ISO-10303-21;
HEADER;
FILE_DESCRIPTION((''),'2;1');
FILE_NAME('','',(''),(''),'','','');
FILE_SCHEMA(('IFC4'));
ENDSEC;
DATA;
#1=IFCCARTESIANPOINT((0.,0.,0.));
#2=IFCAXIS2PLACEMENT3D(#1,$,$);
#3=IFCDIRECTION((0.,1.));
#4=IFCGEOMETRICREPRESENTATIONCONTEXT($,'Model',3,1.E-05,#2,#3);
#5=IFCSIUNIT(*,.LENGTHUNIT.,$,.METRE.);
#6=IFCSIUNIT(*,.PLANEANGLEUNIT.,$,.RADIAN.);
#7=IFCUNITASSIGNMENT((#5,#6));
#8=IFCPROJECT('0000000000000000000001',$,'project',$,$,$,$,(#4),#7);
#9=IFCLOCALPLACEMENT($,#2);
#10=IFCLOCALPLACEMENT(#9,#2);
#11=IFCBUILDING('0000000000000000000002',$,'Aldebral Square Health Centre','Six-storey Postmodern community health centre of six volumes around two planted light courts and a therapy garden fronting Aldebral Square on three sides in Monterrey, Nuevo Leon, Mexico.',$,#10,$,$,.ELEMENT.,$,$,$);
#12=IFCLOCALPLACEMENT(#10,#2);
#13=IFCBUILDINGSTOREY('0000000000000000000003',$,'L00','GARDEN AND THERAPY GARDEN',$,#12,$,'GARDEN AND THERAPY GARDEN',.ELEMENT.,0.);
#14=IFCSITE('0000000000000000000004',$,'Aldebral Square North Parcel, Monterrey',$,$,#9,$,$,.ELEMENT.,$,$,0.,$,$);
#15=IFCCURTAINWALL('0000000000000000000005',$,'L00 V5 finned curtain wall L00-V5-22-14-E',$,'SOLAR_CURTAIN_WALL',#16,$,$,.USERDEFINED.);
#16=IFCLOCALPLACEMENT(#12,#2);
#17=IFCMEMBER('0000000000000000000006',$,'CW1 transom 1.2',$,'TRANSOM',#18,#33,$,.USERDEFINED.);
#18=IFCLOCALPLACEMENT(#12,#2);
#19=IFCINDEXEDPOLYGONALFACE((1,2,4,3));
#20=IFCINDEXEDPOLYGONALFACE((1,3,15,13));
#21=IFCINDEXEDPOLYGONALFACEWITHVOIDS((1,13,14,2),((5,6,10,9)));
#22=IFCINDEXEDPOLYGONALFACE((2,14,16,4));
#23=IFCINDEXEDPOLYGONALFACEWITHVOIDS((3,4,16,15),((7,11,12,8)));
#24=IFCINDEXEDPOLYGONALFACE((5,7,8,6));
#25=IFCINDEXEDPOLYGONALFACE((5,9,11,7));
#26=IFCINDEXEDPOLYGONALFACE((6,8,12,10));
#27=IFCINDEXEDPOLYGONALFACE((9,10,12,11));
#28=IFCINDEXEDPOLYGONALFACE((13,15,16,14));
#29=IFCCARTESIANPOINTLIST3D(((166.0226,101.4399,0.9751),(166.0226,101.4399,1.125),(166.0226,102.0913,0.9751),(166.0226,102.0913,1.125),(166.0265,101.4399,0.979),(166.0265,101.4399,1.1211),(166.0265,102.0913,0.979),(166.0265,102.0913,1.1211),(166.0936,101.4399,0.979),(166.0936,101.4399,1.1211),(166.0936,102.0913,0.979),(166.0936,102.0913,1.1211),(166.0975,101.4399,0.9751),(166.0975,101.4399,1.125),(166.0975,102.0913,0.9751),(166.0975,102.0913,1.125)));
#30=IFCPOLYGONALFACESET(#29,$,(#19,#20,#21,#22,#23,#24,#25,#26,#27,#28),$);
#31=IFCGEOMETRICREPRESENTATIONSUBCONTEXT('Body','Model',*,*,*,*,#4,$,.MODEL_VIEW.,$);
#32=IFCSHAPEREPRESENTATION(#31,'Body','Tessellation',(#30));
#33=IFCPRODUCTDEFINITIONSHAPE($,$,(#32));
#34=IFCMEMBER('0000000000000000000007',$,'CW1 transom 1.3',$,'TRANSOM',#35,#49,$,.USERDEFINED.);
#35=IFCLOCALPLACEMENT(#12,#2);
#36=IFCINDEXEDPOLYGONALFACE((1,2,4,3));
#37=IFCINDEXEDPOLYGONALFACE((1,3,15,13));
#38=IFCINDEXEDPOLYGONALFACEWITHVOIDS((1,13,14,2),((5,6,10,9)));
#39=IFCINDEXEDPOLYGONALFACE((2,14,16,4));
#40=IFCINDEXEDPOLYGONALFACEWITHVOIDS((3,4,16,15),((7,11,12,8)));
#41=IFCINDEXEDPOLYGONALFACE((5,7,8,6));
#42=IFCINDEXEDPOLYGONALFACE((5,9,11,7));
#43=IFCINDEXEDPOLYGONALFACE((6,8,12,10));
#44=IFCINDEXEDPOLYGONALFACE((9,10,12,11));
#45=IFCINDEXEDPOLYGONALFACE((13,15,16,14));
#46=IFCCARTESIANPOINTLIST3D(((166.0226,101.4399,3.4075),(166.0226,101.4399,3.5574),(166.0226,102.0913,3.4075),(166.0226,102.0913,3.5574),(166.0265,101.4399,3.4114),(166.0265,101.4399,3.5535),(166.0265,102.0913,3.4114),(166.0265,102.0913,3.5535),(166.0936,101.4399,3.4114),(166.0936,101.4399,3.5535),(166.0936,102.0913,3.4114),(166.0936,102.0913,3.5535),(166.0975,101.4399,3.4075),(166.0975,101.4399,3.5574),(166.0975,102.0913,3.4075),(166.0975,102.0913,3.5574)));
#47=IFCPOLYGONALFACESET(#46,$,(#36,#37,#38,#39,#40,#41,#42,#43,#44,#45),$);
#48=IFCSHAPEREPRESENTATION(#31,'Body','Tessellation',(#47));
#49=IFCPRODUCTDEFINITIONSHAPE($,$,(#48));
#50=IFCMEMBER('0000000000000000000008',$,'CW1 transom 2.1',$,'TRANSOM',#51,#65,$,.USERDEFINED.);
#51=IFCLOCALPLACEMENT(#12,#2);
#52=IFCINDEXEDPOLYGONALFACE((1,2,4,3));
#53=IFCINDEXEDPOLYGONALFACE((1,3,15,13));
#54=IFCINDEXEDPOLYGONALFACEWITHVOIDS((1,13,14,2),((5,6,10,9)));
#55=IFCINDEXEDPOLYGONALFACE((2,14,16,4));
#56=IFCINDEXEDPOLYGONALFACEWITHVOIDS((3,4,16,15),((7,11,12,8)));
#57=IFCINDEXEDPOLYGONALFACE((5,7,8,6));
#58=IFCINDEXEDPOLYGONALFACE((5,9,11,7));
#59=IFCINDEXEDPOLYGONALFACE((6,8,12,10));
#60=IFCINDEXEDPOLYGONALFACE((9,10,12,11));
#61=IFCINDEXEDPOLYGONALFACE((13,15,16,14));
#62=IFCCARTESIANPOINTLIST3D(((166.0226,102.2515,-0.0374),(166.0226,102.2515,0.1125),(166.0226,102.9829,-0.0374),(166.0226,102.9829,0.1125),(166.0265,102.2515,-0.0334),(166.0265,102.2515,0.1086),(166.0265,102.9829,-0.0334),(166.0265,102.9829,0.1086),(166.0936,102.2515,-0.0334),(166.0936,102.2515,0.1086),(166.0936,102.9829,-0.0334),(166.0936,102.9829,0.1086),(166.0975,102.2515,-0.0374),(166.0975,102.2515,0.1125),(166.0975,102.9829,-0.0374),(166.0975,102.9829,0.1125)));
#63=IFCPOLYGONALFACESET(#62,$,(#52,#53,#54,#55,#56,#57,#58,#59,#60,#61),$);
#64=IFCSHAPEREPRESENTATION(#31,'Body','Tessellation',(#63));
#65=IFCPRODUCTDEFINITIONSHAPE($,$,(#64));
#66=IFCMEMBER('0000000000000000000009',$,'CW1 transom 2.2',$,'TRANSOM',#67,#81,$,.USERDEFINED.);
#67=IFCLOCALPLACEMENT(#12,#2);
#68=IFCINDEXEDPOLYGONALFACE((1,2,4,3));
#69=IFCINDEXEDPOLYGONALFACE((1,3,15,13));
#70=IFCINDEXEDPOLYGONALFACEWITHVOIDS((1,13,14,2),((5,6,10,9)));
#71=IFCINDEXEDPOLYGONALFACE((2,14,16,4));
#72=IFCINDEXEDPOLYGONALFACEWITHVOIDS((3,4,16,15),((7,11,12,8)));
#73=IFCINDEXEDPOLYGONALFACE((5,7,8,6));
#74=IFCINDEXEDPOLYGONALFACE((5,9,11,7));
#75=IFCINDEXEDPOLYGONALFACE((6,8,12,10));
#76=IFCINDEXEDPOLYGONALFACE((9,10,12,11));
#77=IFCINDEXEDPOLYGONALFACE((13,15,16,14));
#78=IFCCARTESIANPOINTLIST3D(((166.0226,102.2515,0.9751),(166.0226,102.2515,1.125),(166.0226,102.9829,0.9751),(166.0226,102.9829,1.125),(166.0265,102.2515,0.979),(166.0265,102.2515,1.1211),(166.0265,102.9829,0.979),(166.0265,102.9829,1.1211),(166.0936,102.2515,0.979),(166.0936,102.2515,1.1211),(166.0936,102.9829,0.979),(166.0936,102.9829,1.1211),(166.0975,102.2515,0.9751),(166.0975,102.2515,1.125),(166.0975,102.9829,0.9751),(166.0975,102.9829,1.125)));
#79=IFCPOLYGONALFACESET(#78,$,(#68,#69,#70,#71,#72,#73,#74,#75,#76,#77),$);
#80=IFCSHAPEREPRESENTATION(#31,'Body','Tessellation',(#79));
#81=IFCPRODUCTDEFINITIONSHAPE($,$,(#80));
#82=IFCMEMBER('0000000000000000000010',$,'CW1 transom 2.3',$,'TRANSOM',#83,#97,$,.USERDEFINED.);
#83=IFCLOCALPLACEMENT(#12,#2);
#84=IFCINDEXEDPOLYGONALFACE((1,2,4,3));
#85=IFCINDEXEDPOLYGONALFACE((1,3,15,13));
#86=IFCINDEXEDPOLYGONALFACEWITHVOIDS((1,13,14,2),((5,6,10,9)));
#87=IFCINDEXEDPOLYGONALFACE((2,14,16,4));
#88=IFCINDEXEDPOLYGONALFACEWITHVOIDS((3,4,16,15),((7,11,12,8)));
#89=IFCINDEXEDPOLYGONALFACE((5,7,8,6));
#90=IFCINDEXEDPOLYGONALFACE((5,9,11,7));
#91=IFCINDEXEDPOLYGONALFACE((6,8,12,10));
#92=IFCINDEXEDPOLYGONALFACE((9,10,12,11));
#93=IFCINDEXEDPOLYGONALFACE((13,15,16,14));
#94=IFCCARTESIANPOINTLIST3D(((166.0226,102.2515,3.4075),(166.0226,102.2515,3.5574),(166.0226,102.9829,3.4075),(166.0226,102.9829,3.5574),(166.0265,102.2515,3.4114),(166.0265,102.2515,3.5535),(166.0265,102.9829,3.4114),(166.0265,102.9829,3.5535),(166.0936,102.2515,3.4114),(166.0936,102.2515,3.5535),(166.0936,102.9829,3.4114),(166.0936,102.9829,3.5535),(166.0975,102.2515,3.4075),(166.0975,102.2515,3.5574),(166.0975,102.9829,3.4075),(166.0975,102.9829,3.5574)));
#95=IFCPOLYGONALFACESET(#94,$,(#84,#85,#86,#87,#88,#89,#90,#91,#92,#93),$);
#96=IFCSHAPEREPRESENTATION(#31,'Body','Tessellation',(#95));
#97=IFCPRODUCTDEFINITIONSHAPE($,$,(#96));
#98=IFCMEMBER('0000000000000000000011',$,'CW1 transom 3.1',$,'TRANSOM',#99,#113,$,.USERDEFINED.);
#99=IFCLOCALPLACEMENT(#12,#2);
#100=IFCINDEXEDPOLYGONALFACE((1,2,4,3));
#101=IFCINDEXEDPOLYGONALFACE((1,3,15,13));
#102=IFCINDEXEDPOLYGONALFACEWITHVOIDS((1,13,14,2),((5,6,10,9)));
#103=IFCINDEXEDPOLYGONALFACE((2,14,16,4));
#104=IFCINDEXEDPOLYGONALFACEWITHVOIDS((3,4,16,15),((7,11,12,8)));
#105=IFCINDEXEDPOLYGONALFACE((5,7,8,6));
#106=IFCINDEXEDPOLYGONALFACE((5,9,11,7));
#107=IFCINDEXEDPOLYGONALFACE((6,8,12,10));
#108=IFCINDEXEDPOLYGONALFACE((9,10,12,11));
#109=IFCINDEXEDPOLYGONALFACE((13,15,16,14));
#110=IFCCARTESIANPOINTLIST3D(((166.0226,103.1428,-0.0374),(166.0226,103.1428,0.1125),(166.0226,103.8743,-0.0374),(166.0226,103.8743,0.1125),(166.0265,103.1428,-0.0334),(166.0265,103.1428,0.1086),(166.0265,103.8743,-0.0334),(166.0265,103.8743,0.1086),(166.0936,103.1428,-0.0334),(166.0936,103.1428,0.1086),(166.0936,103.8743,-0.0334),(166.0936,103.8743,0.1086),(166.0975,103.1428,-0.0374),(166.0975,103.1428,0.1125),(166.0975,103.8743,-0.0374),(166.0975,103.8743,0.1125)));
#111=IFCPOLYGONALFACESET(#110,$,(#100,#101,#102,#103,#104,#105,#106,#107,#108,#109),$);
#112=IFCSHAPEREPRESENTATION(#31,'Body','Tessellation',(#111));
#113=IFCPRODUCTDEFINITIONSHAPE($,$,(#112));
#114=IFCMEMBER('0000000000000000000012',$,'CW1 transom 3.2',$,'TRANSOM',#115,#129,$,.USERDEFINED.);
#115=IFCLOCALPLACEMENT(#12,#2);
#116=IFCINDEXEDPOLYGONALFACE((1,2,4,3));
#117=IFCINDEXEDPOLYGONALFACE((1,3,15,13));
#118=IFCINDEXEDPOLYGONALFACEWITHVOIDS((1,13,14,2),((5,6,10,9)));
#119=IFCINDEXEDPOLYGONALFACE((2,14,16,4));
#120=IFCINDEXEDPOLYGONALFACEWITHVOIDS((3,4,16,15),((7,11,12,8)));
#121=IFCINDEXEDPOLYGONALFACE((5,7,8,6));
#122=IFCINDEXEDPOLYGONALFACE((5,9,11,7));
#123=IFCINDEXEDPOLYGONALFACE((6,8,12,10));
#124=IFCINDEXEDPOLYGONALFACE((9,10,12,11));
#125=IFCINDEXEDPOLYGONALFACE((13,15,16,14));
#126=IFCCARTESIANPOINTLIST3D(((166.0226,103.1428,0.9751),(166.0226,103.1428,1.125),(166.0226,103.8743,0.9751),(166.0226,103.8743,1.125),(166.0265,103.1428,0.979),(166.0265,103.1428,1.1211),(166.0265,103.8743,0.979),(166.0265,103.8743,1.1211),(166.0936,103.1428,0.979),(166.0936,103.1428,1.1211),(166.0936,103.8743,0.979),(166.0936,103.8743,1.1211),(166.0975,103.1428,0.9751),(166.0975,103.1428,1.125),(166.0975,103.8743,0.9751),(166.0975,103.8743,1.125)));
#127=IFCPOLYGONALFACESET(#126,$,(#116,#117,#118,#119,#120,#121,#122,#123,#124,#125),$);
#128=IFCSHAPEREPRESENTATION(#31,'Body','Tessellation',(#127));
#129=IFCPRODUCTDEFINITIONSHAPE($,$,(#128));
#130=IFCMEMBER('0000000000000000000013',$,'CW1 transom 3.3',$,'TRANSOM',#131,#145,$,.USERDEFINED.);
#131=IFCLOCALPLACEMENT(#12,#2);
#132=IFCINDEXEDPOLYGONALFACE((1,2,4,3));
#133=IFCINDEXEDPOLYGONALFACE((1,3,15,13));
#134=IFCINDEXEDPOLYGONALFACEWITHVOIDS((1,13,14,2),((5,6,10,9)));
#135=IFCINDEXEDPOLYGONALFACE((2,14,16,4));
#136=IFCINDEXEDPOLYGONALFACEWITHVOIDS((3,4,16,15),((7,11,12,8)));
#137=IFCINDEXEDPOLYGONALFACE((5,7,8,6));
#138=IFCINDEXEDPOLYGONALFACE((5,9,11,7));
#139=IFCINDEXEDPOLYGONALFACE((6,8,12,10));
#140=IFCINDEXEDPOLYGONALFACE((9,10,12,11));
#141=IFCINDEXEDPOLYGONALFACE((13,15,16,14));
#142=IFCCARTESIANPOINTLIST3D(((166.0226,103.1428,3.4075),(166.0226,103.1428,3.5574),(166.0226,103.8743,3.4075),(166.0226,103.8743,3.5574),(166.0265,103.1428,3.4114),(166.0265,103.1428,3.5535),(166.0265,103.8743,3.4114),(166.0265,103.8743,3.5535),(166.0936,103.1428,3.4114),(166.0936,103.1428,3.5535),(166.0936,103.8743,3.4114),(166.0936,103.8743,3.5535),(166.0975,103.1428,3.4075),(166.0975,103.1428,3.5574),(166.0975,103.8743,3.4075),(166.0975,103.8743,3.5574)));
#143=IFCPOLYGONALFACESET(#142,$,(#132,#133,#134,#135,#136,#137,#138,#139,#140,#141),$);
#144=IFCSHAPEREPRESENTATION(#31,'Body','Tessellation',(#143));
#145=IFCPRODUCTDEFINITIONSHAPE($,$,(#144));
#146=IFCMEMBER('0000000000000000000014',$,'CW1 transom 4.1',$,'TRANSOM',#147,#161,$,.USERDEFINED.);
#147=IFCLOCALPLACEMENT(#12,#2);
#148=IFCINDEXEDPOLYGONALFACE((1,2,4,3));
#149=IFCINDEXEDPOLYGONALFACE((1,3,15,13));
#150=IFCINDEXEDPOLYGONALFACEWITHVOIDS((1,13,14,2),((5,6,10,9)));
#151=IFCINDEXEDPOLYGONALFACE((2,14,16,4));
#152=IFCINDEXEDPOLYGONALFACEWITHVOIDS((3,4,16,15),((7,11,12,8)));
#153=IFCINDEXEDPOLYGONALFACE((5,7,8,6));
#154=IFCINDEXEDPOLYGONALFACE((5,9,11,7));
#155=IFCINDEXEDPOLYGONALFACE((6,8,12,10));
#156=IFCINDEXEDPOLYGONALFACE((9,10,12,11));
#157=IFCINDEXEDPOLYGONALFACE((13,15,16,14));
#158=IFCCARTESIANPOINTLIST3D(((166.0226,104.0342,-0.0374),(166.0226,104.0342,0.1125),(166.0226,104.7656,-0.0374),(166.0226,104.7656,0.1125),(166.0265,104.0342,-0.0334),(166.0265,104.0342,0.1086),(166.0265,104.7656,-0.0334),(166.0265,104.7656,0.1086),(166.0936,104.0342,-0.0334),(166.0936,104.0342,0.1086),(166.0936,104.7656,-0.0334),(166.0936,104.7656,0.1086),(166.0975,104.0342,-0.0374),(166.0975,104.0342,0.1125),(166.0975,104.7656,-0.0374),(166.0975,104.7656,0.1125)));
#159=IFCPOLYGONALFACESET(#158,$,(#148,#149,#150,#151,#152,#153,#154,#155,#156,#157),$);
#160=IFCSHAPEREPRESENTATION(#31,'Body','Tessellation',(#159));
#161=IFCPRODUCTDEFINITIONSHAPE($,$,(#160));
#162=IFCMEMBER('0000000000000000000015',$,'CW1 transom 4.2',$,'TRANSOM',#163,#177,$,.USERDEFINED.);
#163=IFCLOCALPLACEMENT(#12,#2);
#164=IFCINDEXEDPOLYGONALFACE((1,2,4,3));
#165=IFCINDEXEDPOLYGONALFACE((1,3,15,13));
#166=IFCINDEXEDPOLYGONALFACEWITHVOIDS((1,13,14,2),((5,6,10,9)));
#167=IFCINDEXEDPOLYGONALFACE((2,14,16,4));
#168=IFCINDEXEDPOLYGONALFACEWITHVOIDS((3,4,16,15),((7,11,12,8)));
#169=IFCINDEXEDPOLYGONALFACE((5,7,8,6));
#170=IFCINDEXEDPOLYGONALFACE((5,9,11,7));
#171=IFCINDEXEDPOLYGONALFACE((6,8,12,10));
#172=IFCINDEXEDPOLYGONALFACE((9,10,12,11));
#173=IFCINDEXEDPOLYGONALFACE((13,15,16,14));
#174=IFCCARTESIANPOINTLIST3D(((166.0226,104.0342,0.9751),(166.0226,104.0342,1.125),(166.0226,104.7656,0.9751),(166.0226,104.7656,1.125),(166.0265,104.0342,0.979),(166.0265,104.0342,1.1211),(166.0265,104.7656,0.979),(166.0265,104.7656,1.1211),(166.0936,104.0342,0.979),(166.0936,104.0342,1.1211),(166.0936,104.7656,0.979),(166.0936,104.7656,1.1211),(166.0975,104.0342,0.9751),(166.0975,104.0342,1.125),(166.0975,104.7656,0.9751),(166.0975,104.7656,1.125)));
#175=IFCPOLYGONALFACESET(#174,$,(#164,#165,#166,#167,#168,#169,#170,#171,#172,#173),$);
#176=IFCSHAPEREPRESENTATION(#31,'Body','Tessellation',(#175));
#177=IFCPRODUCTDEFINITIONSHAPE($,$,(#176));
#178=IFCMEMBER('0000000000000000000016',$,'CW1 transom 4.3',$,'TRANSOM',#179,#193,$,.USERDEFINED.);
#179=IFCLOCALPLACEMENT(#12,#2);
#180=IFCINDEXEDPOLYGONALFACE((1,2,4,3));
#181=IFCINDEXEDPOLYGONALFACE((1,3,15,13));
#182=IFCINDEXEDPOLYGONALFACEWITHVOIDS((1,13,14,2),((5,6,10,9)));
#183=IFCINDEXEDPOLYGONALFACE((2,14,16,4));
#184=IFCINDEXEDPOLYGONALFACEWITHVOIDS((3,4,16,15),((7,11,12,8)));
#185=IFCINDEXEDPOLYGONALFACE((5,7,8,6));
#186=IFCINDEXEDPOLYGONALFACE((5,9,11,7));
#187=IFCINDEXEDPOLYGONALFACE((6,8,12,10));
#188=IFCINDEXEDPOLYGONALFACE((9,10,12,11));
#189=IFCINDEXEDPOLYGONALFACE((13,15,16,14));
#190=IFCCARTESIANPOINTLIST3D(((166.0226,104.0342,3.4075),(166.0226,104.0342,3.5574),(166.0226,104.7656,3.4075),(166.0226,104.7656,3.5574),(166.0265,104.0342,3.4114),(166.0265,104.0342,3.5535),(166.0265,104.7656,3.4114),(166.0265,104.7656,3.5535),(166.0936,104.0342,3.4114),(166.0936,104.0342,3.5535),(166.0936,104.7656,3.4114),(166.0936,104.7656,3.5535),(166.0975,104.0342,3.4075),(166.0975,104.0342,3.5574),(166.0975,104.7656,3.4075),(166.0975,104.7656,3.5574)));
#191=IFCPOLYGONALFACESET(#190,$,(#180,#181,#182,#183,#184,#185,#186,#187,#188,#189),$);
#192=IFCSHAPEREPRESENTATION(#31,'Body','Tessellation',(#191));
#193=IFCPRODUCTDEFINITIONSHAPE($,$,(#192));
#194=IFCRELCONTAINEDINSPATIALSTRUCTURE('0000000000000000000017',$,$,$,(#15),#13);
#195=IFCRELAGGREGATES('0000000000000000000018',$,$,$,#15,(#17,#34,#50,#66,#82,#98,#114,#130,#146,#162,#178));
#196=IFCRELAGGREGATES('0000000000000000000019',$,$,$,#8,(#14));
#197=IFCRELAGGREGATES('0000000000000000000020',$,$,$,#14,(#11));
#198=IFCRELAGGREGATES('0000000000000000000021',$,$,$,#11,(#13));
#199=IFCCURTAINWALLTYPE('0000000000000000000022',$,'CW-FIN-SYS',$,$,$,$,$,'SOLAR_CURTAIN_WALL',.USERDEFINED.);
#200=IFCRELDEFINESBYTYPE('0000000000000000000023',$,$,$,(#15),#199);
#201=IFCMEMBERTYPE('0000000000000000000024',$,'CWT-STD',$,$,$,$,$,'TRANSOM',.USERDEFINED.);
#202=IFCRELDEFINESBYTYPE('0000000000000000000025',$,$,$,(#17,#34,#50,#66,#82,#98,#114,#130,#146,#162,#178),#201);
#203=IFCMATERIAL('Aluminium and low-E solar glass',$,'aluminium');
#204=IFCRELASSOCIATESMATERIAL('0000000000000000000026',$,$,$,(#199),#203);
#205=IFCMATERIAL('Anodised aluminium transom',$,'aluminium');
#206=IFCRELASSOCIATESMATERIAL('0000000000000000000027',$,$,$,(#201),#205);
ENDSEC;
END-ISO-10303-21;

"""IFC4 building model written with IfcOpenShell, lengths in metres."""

from ifc_helpers import new_model, si_unit, direction, frame, origin, origin_2d, place, context, subcontext, project, spatial, hollow_rectangle, extrude, material, material_profile, profile_set, type_object, element, aggregate, save


model = new_model("IFC4")

# Units and contexts
model_context = context("Model", 3, precision=1e-05, world=origin(), true_north=direction((0.0, 1.0)))
body_context = subcontext(model_context, "Body", "Model", "MODEL_VIEW")
ifc_project = project(units=[si_unit("LENGTHUNIT", "METRE"), si_unit("PLANEANGLEUNIT", "RADIAN")], contexts=[model_context])

# Site, building, storey
site_placement = place(None, origin())
site = spatial("IfcSite", under=ifc_project, at=site_placement, Name="Aldebral Square North Parcel, Monterrey", CompositionType="ELEMENT", RefElevation=0.0)
building_placement = place(site_placement, origin())
building = spatial("IfcBuilding", under=site, at=building_placement, Name="Aldebral Square Health Centre", Description="Six-storey Postmodern community health centre of six volumes around two planted light courts and a therapy garden fronting Aldebral Square on three sides in Monterrey, Nuevo Leon, Mexico.", CompositionType="ELEMENT")
storey_placement = place(building_placement, origin())
storey = spatial("IfcBuildingStorey", under=building, at=storey_placement, Name="L00", Description="GARDEN AND THERAPY GARDEN", LongName="GARDEN AND THERAPY GARDEN", CompositionType="ELEMENT", Elevation=0.0)

# Curtain wall, members
ifc_material_1 = material(Name="Aluminium and low-E solar glass", Category="aluminium")
curtain_wall_type = type_object("IfcCurtainWallType", Name="CW-FIN-SYS", ElementType="SOLAR_CURTAIN_WALL", PredefinedType="USERDEFINED", material=ifc_material_1)
curtain_wall_placement = place(storey_placement, origin())
curtain_wall = element("IfcCurtainWall", 1, at=curtain_wall_placement, inside=storey, type_object=curtain_wall_type, Name="L00 V5 finned curtain wall L00-V5-22-14-E", ObjectType="SOLAR_CURTAIN_WALL", PredefinedType="USERDEFINED")
ifc_material_2 = material(Name="Anodised aluminium transom", Category="aluminium")
ifc_material_profile_1 = material_profile(ifc_material_2, hollow_rectangle(XDim=0.075, YDim=0.1499, WallThickness=0.0039, at=origin_2d()), Name="CWT 75x150x4")
ifc_profile_set_1 = profile_set([ifc_material_profile_1], Name="Anodised aluminium transom")
member_type_1 = type_object("IfcMemberType", Name="CWT-STD", ElementType="TRANSOM", PredefinedType="USERDEFINED", material=ifc_profile_set_1)
member_1_placement = place(storey_placement, frame((166.0601, 101.4399, 1.05), z_axis=(0.0, 1.0, 0.0), x_axis=(-1.0, 0.0, 0.0)))
member_1 = element("IfcMember", 2, at=member_1_placement, type_object=member_type_1, Name="CW1 transom 1.2", ObjectType="TRANSOM", PredefinedType="USERDEFINED", context=body_context, shape_type="SweptSolid", body=[
    extrude(hollow_rectangle(XDim=0.075, YDim=0.1499, WallThickness=0.0039, at=origin_2d()), origin(), (0.0, 0.0, 1.0), 0.6514),
])
member_2_placement = place(storey_placement, frame((166.0601, 101.4399, 3.4824), z_axis=(0.0, 1.0, 0.0), x_axis=(-1.0, 0.0, 0.0)))
member_2 = element("IfcMember", 3, at=member_2_placement, type_object=member_type_1, Name="CW1 transom 1.3", ObjectType="TRANSOM", PredefinedType="USERDEFINED", context=body_context, shape_type="SweptSolid", body=[
    extrude(hollow_rectangle(XDim=0.075, YDim=0.1499, WallThickness=0.0039, at=origin_2d()), origin(), (0.0, 0.0, 1.0), 0.6514),
])
member_3_placement = place(storey_placement, frame((166.0601, 102.2515, 0.0376), z_axis=(0.0, 1.0, 0.0), x_axis=(-1.0, 0.0, 0.0)))
member_3 = element("IfcMember", 4, at=member_3_placement, type_object=member_type_1, Name="CW1 transom 2.1", ObjectType="TRANSOM", PredefinedType="USERDEFINED", context=body_context, shape_type="SweptSolid", body=[
    extrude(hollow_rectangle(XDim=0.075, YDim=0.1499, WallThickness=0.0039, at=origin_2d()), origin(), (0.0, 0.0, 1.0), 0.7314),
])
member_4_placement = place(storey_placement, frame((166.0601, 102.2515, 1.05), z_axis=(0.0, 1.0, 0.0), x_axis=(-1.0, 0.0, 0.0)))
member_4 = element("IfcMember", 5, at=member_4_placement, type_object=member_type_1, Name="CW1 transom 2.2", ObjectType="TRANSOM", PredefinedType="USERDEFINED", context=body_context, shape_type="SweptSolid", body=[
    extrude(hollow_rectangle(XDim=0.075, YDim=0.1499, WallThickness=0.0039, at=origin_2d()), origin(), (0.0, 0.0, 1.0), 0.7314),
])
member_5_placement = place(storey_placement, frame((166.0601, 102.2515, 3.4824), z_axis=(0.0, 1.0, 0.0), x_axis=(-1.0, 0.0, 0.0)))
member_5 = element("IfcMember", 6, at=member_5_placement, type_object=member_type_1, Name="CW1 transom 2.3", ObjectType="TRANSOM", PredefinedType="USERDEFINED", context=body_context, shape_type="SweptSolid", body=[
    extrude(hollow_rectangle(XDim=0.075, YDim=0.1499, WallThickness=0.0039, at=origin_2d()), origin(), (0.0, 0.0, 1.0), 0.7314),
])
member_6_placement = place(storey_placement, frame((166.0601, 103.1428, 0.0376), z_axis=(0.0, 1.0, 0.0), x_axis=(-1.0, 0.0, 0.0)))
member_6 = element("IfcMember", 7, at=member_6_placement, type_object=member_type_1, Name="CW1 transom 3.1", ObjectType="TRANSOM", PredefinedType="USERDEFINED", context=body_context, shape_type="SweptSolid", body=[
    extrude(hollow_rectangle(XDim=0.075, YDim=0.1499, WallThickness=0.0039, at=origin_2d()), origin(), (0.0, 0.0, 1.0), 0.7314),
])
member_7_placement = place(storey_placement, frame((166.0601, 103.1428, 1.05), z_axis=(0.0, 1.0, 0.0), x_axis=(-1.0, 0.0, 0.0)))
member_7 = element("IfcMember", 8, at=member_7_placement, type_object=member_type_1, Name="CW1 transom 3.2", ObjectType="TRANSOM", PredefinedType="USERDEFINED", context=body_context, shape_type="SweptSolid", body=[
    extrude(hollow_rectangle(XDim=0.075, YDim=0.1499, WallThickness=0.0039, at=origin_2d()), origin(), (0.0, 0.0, 1.0), 0.7314),
])
member_8_placement = place(storey_placement, frame((166.0601, 103.1428, 3.4824), z_axis=(0.0, 1.0, 0.0), x_axis=(-1.0, 0.0, 0.0)))
member_8 = element("IfcMember", 9, at=member_8_placement, type_object=member_type_1, Name="CW1 transom 3.3", ObjectType="TRANSOM", PredefinedType="USERDEFINED", context=body_context, shape_type="SweptSolid", body=[
    extrude(hollow_rectangle(XDim=0.075, YDim=0.1499, WallThickness=0.0039, at=origin_2d()), origin(), (0.0, 0.0, 1.0), 0.7314),
])
member_9_placement = place(storey_placement, frame((166.0601, 104.0342, 0.0376), z_axis=(0.0, 1.0, 0.0), x_axis=(-1.0, 0.0, 0.0)))
member_9 = element("IfcMember", 10, at=member_9_placement, type_object=member_type_1, Name="CW1 transom 4.1", ObjectType="TRANSOM", PredefinedType="USERDEFINED", context=body_context, shape_type="SweptSolid", body=[
    extrude(hollow_rectangle(XDim=0.075, YDim=0.1499, WallThickness=0.0039, at=origin_2d()), origin(), (0.0, 0.0, 1.0), 0.7314),
])
member_10_placement = place(storey_placement, frame((166.0601, 104.0342, 1.05), z_axis=(0.0, 1.0, 0.0), x_axis=(-1.0, 0.0, 0.0)))
member_10 = element("IfcMember", 11, at=member_10_placement, type_object=member_type_1, Name="CW1 transom 4.2", ObjectType="TRANSOM", PredefinedType="USERDEFINED", context=body_context, shape_type="SweptSolid", body=[
    extrude(hollow_rectangle(XDim=0.075, YDim=0.1499, WallThickness=0.0039, at=origin_2d()), origin(), (0.0, 0.0, 1.0), 0.7314),
])
member_11_placement = place(storey_placement, frame((166.0601, 104.0342, 3.4824), z_axis=(0.0, 1.0, 0.0), x_axis=(-1.0, 0.0, 0.0)))
member_11 = element("IfcMember", 12, at=member_11_placement, type_object=member_type_1, Name="CW1 transom 4.3", ObjectType="TRANSOM", PredefinedType="USERDEFINED", context=body_context, shape_type="SweptSolid", body=[
    extrude(hollow_rectangle(XDim=0.075, YDim=0.1499, WallThickness=0.0039, at=origin_2d()), origin(), (0.0, 0.0, 1.0), 0.7314),
])
aggregate(curtain_wall, [member_1, member_2, member_3, member_4, member_5, member_6, member_7, member_8, member_9, member_10, member_11])

save(model, "model.ifc")
